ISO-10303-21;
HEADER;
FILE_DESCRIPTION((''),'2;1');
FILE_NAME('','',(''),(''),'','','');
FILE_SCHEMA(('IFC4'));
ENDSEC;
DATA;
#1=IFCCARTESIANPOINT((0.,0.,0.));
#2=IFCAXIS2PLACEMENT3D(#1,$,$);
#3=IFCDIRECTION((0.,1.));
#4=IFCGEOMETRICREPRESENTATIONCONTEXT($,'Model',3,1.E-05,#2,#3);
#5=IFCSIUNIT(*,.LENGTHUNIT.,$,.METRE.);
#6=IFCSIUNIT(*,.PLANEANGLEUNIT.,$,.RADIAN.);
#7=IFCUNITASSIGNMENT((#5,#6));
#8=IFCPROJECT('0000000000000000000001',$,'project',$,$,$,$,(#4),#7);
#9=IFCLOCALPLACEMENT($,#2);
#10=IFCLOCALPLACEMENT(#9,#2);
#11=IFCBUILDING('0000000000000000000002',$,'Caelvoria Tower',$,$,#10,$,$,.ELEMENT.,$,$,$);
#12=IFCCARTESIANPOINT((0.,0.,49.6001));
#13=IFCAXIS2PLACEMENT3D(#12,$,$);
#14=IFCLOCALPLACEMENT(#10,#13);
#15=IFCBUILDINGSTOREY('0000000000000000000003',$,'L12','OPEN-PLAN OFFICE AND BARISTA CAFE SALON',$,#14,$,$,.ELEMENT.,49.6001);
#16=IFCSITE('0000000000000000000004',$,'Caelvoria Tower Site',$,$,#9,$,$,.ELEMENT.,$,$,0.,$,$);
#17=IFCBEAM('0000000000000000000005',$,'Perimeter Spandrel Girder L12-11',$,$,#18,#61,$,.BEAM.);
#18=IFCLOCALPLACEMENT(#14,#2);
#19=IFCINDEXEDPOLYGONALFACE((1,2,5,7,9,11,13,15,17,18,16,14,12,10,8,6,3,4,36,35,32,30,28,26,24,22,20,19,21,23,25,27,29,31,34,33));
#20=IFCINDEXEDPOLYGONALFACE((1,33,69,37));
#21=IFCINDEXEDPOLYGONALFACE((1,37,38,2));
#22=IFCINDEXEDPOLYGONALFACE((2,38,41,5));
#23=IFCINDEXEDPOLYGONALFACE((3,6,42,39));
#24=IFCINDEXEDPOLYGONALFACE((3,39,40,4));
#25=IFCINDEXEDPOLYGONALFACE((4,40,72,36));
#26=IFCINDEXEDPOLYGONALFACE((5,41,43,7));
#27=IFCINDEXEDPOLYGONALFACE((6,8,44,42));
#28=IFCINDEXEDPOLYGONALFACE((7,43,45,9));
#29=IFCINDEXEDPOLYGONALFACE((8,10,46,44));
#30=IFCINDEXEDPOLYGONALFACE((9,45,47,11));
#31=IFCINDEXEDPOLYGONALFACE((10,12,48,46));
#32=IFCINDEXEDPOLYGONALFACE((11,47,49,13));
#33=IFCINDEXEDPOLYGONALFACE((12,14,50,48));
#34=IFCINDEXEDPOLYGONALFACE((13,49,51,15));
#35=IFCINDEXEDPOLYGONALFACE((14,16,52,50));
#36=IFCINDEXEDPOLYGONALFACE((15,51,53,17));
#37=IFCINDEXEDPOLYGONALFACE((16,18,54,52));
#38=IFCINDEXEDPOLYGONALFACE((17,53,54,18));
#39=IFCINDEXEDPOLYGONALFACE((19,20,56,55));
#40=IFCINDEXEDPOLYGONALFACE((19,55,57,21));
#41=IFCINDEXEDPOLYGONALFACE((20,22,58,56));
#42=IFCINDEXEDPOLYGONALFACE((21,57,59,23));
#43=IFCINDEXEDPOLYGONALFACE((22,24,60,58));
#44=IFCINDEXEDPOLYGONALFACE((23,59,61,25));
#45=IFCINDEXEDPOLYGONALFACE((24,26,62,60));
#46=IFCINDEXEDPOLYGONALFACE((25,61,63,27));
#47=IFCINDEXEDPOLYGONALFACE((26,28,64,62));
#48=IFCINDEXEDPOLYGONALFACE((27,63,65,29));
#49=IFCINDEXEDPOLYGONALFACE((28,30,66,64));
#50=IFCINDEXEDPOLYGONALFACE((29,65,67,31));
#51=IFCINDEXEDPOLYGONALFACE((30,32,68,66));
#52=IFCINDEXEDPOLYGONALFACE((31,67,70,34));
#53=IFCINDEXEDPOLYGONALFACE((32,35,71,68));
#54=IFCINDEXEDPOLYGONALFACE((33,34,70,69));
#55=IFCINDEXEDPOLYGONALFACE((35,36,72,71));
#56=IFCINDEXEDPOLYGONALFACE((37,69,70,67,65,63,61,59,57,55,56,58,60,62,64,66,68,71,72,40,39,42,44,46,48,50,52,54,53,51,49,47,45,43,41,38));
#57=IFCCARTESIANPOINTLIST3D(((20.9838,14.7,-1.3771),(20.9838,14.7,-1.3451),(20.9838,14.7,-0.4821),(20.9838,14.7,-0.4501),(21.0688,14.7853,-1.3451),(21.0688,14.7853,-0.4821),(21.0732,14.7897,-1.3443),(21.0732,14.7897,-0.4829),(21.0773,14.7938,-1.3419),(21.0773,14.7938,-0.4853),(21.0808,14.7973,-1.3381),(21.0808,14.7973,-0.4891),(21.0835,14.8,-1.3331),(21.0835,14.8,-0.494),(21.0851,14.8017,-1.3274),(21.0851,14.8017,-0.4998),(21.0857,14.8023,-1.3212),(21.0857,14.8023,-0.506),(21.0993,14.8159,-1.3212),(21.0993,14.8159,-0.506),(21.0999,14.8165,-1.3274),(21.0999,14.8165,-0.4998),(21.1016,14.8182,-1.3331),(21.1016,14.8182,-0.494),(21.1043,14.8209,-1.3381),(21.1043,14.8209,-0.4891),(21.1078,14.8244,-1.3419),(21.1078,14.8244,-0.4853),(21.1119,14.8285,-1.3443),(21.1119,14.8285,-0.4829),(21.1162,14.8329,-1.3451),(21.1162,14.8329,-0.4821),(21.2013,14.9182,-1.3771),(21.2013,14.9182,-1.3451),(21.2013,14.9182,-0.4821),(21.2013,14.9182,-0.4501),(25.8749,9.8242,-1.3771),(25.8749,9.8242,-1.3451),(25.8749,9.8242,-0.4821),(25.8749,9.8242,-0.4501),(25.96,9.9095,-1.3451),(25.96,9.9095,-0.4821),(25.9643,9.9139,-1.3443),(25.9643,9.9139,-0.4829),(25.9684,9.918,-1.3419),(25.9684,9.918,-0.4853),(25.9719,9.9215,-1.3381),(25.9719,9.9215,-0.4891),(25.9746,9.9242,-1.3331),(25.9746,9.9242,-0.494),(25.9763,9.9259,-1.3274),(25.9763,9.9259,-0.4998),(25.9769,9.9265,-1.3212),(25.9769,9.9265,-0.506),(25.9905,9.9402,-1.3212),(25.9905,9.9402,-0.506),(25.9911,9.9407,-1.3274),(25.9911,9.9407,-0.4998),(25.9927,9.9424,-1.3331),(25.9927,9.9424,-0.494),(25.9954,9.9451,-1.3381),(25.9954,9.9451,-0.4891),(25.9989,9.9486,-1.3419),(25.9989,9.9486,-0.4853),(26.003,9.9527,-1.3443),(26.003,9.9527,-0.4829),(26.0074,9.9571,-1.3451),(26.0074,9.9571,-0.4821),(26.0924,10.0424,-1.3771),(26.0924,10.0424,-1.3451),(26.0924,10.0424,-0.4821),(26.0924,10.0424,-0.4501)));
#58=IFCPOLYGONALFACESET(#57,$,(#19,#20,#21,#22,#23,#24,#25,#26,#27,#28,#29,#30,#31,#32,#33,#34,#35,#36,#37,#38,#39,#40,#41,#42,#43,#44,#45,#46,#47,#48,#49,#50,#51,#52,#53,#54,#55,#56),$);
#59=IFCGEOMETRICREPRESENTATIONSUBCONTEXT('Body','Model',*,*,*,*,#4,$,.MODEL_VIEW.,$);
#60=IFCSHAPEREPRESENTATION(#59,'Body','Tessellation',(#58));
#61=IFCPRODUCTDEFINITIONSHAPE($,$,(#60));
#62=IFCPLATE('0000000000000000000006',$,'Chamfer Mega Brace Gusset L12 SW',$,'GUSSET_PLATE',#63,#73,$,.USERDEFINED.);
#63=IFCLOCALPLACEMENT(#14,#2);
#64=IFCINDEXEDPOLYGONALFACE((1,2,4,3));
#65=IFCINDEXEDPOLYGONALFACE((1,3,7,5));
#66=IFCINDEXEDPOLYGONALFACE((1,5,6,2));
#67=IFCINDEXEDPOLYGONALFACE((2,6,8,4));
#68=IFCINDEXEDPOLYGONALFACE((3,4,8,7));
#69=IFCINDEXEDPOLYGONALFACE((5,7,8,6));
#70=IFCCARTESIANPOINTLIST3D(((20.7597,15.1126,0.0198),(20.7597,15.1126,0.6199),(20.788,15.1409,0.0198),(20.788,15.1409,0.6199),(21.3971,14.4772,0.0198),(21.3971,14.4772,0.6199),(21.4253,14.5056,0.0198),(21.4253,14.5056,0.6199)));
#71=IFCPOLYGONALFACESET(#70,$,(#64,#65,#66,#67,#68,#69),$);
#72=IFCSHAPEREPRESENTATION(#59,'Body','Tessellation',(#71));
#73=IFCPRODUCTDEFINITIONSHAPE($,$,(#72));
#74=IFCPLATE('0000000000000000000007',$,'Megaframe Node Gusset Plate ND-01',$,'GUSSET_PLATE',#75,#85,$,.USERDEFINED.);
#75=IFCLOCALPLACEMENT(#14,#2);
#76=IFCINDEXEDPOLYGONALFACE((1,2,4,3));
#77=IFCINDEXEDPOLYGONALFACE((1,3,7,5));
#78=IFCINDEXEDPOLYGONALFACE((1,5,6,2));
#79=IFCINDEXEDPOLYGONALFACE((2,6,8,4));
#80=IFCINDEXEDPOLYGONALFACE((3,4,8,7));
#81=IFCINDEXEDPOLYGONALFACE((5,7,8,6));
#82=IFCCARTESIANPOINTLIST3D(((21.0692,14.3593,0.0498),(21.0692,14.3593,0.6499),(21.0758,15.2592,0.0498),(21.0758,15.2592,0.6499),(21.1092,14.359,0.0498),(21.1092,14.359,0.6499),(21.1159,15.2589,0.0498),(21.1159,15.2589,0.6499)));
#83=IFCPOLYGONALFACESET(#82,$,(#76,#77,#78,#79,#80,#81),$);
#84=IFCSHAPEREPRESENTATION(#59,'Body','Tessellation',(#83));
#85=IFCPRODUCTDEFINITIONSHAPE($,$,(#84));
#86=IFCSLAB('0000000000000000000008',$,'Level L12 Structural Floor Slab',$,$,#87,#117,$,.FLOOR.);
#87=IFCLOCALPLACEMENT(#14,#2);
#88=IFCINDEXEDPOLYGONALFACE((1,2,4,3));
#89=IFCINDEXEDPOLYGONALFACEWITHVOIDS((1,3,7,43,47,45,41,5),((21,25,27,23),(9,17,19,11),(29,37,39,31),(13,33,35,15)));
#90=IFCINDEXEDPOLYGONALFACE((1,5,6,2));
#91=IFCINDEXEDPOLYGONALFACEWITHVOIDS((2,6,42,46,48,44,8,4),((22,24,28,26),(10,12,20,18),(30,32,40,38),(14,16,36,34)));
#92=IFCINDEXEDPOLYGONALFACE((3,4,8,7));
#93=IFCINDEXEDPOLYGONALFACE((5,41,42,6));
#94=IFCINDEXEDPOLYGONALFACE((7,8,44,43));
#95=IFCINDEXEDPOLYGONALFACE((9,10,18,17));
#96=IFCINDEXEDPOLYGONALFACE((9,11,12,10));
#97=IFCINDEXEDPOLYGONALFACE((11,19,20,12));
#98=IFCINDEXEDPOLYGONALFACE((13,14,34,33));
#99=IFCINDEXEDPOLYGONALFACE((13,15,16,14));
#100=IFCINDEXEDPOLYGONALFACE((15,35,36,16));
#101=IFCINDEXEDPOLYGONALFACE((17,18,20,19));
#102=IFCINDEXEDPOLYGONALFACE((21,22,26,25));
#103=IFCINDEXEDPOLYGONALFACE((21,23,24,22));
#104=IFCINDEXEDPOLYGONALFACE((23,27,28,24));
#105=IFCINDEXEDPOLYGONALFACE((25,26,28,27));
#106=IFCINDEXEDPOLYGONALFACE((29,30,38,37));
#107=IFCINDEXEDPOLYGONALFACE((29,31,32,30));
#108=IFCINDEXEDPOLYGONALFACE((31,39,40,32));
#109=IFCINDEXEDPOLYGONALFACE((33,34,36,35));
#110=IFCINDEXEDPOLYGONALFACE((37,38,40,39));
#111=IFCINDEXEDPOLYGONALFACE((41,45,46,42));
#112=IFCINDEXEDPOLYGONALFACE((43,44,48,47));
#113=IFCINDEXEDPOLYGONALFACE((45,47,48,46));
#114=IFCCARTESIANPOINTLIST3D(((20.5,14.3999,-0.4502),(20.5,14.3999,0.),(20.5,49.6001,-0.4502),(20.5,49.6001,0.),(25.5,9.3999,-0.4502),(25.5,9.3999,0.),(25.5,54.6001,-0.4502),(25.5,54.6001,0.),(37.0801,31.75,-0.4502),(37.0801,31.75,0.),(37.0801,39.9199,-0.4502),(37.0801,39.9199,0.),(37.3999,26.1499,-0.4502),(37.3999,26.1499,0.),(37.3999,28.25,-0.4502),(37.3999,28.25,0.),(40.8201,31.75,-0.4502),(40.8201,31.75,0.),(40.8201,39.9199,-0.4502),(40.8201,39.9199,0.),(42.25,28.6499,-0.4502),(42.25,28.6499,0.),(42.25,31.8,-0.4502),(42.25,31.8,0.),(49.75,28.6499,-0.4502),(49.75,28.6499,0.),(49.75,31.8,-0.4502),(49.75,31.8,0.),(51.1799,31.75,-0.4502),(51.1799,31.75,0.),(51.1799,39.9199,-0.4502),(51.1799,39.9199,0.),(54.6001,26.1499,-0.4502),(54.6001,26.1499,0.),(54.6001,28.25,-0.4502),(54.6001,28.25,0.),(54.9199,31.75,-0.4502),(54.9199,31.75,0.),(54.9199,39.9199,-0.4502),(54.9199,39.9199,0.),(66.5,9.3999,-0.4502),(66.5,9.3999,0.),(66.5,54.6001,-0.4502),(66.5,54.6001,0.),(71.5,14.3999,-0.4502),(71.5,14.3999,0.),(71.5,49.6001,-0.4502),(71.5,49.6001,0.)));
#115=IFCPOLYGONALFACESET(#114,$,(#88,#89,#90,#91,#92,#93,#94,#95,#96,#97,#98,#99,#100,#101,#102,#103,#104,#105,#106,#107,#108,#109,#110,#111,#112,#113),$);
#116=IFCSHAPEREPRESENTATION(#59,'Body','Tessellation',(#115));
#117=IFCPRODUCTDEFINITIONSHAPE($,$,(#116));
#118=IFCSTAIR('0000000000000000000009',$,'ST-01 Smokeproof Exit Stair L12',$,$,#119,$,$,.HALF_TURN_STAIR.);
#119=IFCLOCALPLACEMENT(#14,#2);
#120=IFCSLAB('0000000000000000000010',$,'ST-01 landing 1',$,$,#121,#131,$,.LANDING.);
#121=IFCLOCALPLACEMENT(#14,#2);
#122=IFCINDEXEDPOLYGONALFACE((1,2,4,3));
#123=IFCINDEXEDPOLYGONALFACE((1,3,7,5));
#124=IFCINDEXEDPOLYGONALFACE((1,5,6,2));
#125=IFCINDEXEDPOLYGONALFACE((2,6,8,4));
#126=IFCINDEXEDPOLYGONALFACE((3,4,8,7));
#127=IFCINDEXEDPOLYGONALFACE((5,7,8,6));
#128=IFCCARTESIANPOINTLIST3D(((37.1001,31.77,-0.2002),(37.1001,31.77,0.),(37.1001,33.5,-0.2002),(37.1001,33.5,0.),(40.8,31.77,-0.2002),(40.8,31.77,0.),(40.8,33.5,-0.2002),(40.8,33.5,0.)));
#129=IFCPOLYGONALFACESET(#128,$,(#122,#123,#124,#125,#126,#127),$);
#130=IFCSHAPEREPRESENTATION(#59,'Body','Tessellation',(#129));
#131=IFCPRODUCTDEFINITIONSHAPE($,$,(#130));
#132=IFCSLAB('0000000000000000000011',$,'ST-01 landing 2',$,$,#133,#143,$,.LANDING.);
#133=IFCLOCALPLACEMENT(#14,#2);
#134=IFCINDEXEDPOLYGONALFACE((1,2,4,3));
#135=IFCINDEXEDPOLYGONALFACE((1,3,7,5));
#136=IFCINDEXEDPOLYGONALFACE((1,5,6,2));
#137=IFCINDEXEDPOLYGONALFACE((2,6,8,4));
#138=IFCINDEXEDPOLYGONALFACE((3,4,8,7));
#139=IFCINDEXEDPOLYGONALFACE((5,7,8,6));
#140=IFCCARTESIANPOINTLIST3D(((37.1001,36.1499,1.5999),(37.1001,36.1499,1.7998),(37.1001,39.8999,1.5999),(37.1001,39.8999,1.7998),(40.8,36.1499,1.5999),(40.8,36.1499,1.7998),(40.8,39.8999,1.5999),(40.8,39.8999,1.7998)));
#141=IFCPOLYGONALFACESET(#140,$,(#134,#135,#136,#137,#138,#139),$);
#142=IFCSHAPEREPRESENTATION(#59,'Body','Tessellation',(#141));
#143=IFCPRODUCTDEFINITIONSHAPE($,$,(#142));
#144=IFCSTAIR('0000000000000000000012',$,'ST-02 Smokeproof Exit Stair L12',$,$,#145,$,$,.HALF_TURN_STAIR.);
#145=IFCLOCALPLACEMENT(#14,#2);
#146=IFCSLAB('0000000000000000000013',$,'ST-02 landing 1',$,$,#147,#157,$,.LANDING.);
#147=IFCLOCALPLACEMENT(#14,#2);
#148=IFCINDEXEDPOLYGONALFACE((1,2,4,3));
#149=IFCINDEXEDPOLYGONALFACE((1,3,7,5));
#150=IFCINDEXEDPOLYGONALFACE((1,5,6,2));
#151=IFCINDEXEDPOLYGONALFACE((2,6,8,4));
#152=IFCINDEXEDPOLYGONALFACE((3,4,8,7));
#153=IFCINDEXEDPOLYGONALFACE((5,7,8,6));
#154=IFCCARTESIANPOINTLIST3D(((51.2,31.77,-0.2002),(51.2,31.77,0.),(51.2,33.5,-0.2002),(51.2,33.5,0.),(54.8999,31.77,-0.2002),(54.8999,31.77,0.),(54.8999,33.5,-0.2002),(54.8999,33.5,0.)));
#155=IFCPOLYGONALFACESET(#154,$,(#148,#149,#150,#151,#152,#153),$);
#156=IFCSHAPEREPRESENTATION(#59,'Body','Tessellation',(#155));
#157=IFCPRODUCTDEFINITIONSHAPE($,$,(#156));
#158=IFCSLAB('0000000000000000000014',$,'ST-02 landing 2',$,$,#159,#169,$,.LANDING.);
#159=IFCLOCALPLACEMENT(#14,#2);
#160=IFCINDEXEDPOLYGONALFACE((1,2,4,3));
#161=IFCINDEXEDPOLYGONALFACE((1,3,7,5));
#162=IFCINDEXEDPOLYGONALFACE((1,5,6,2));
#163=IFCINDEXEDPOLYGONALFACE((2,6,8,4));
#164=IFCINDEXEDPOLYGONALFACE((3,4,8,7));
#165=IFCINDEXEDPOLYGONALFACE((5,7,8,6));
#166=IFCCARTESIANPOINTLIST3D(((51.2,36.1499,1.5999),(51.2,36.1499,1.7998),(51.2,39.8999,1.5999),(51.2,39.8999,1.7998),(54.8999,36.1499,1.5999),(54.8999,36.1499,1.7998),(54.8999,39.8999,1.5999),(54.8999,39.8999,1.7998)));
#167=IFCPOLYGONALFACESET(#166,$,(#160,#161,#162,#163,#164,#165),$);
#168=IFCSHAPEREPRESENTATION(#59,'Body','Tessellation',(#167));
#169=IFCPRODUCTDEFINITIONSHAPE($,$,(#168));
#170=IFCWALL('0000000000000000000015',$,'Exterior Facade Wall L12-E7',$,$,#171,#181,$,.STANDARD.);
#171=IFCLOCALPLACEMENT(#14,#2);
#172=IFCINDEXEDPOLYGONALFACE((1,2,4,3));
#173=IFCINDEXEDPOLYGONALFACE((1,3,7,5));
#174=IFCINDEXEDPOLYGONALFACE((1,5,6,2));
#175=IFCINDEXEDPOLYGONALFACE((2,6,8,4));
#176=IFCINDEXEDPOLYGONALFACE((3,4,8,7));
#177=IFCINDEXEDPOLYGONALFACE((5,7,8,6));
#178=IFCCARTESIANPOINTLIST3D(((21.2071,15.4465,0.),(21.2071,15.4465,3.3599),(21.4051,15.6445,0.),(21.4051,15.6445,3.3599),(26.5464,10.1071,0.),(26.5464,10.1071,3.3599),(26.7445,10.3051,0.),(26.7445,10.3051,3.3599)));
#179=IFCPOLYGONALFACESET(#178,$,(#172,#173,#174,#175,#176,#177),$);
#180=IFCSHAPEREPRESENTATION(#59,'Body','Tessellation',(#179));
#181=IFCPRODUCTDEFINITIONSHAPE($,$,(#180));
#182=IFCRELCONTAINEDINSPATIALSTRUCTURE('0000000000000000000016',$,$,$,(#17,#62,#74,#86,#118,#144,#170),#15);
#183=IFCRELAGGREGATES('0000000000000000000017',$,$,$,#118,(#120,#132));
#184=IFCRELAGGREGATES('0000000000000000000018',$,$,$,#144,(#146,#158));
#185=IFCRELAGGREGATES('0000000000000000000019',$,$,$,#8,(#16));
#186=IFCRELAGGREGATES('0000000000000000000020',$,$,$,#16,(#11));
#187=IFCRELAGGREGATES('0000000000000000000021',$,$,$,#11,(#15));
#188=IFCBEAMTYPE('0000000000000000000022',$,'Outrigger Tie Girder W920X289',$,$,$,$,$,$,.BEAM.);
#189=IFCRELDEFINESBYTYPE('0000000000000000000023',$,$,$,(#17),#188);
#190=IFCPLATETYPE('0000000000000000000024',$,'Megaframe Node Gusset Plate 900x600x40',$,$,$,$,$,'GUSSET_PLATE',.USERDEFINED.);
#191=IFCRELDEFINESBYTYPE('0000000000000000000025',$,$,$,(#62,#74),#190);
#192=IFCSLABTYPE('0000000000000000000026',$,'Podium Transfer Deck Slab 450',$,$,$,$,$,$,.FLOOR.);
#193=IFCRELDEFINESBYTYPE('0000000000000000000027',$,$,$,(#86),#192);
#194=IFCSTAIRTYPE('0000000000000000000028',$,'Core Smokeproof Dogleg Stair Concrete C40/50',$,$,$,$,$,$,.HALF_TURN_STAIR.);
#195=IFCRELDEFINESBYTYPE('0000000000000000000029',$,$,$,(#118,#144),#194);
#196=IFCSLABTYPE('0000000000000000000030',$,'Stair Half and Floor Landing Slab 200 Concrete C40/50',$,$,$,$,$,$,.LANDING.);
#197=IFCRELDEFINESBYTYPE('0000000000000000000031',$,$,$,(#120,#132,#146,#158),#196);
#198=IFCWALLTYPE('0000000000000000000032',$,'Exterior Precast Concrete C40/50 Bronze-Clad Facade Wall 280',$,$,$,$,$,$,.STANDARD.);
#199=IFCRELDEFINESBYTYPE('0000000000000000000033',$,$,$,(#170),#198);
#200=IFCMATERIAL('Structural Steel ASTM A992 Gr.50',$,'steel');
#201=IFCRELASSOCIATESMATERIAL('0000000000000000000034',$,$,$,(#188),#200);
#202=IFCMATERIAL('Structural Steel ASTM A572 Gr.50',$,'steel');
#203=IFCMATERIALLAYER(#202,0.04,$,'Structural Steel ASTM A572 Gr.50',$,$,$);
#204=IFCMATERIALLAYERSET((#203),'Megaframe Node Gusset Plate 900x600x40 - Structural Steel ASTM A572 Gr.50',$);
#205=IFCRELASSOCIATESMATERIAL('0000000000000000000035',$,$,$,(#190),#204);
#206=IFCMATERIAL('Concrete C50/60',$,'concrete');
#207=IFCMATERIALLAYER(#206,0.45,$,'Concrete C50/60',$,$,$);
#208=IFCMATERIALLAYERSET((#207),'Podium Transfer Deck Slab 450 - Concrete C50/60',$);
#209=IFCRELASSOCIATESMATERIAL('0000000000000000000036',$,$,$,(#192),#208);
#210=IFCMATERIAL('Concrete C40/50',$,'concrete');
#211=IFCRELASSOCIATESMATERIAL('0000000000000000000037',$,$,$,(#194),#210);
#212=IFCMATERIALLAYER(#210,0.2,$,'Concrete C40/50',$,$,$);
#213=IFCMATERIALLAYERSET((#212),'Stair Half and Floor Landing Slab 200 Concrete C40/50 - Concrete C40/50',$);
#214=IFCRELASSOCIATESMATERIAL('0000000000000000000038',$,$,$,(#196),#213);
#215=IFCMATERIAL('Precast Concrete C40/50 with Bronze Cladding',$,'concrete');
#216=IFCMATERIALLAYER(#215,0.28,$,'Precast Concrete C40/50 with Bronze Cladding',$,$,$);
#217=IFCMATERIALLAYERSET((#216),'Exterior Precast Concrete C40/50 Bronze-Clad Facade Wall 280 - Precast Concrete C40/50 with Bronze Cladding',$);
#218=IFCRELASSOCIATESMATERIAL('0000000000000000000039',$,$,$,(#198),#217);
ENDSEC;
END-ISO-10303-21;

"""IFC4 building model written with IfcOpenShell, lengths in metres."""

from ifc_helpers import new_model, si_unit, direction, frame, frame_2d, origin, origin_2d, place, context, subcontext, project, spatial, polyline, rectangle, i_section, outline, extrude, material, layer, layer_set, material_profile, profile_set, type_object, element, aggregate, save


model = new_model("IFC4")

# Units and contexts
model_context = context("Model", 3, precision=1e-05, world=origin(), true_north=direction((0.0, 1.0)))
body_context = subcontext(model_context, "Body", "Model", "MODEL_VIEW")
ifc_project = project(units=[si_unit("LENGTHUNIT", "METRE"), si_unit("PLANEANGLEUNIT", "RADIAN")], contexts=[model_context])

# Site, building, storey
site_placement = place(None, origin())
site = spatial("IfcSite", under=ifc_project, at=site_placement, Name="Caelvoria Tower Site", CompositionType="ELEMENT", RefElevation=0.0)
building_placement = place(site_placement, origin())
building = spatial("IfcBuilding", under=site, at=building_placement, Name="Caelvoria Tower", CompositionType="ELEMENT")
storey_placement = place(building_placement, frame((0.0, 0.0, 49.6001)))
storey = spatial("IfcBuildingStorey", under=building, at=storey_placement, Name="L12", Description="OPEN-PLAN OFFICE AND BARISTA CAFE SALON", CompositionType="ELEMENT", Elevation=49.6001)

# Shared definitions
ifc_material_1 = material(Name="Structural Steel ASTM A572 Gr.50", Category="steel")

# Beam
ifc_material_2 = material(Name="Structural Steel ASTM A992 Gr.50", Category="steel")
ifc_material_profile_1 = material_profile(ifc_material_2, i_section(OverallWidth=0.3081, OverallDepth=0.927, WebThickness=0.0193, FlangeThickness=0.032, FilletRadius=0.0239, at=origin_2d()), Name="Structural Steel ASTM A992 Gr.50")
ifc_profile_set_1 = profile_set([ifc_material_profile_1], Name="W920X289 - Structural Steel ASTM A992 Gr.50")
beam_type = type_object("IfcBeamType", Name="Outrigger Tie Girder W920X289", PredefinedType="BEAM", material=ifc_profile_set_1)
beam_placement = place(storey_placement, frame((21.0925, 14.8091, -0.9136), z_axis=(0.708219, -0.705992, 0.0), x_axis=(0.705992, 0.708219, 0.0)))
element("IfcBeam", 1, at=beam_placement, inside=storey, type_object=beam_type, Name="Perimeter Spandrel Girder L12-11", PredefinedType="BEAM", context=body_context, shape_type="SweptSolid", body=[
    extrude(i_section(OverallWidth=0.3081, OverallDepth=0.927, WebThickness=0.0193, FlangeThickness=0.032, FilletRadius=0.0239, at=origin_2d()), origin(), (0.0, 0.0, 1.0), 6.9062),
])

# Plates
ifc_layer_1 = layer(ifc_material_1, 0.04, Name="Structural Steel ASTM A572 Gr.50")
ifc_layer_set_1 = layer_set([ifc_layer_1], Name="Megaframe Node Gusset Plate 900x600x40 - Structural Steel ASTM A572 Gr.50")
plate_type = type_object("IfcPlateType", Name="Megaframe Node Gusset Plate 900x600x40", ElementType="GUSSET_PLATE", PredefinedType="USERDEFINED", material=ifc_layer_set_1)
for number, where, z_axis, x_axis, name in (
    (2, (21.0925, 14.8091, 0.0198), (0.0, 0.0, 1.0), (0.70822, -0.705991, 0.0), "Chamfer Mega Brace Gusset L12 SW"),
    (3, (21.0925, 14.8091, 0.0498), (0.0, 0.0, 1.0), (0.007411, 0.999973, 0.0), "Megaframe Node Gusset Plate ND-01"),
):
    element("IfcPlate", number, at=place(storey_placement, frame(where, z_axis=z_axis, x_axis=x_axis)), inside=storey, type_object=plate_type, Name=name, ObjectType="GUSSET_PLATE", PredefinedType="USERDEFINED", context=body_context, shape_type="SweptSolid", body=[
        extrude(rectangle(XDim=0.8999, YDim=0.04, at=origin_2d()), origin(), (0.0, 0.0, 1.0), 0.6001),
    ])

# Slab
ifc_material_3 = material(Name="Concrete C50/60", Category="concrete")
ifc_layer_2 = layer(ifc_material_3, 0.45, Name="Concrete C50/60")
ifc_layer_set_2 = layer_set([ifc_layer_2], Name="Podium Transfer Deck Slab 450 - Concrete C50/60")
slab_type_1 = type_object("IfcSlabType", Name="Podium Transfer Deck Slab 450", PredefinedType="FLOOR", material=ifc_layer_set_2)
slab_1_placement = place(storey_placement, frame((0.0, 0.0, -0.4502)))
element("IfcSlab", 4, at=slab_1_placement, inside=storey, type_object=slab_type_1, Name="Level L12 Structural Floor Slab", PredefinedType="FLOOR", context=body_context, shape_type="SweptSolid", body=[
    extrude(outline(polyline([(25.5, 9.3999), (66.5, 9.3999), (71.5, 14.3999), (71.5, 49.6001), (66.5, 54.6001), (25.5, 54.6001), (20.5, 49.6001), (20.5, 14.3999), (25.5, 9.3999)]), holes=[polyline([(37.0801, 31.75), (40.8201, 31.75), (40.8201, 39.9199), (37.0801, 39.9199), (37.0801, 31.75)]), polyline([(51.1799, 31.75), (54.9199, 31.75), (54.9199, 39.9199), (51.1799, 39.9199), (51.1799, 31.75)]), polyline([(42.25, 28.6499), (49.75, 28.6499), (49.75, 31.8), (42.25, 31.8), (42.25, 28.6499)]), polyline([(37.3999, 26.1499), (54.6001, 26.1499), (54.6001, 28.25), (37.3999, 28.25), (37.3999, 26.1499)])]), origin(), (0.0, 0.0, 1.0), 0.4502),
])

# Stairs, slabs
ifc_material_4 = material(Name="Concrete C40/50", Category="concrete")
stair_type = type_object("IfcStairType", Name="Core Smokeproof Dogleg Stair Concrete C40/50", PredefinedType="HALF_TURN_STAIR", material=ifc_material_4)
stair_1_placement = place(storey_placement, origin())
stair_1 = element("IfcStair", 5, at=stair_1_placement, inside=storey, type_object=stair_type, Name="ST-01 Smokeproof Exit Stair L12", PredefinedType="HALF_TURN_STAIR")
ifc_layer_3 = layer(ifc_material_4, 0.2, Name="Concrete C40/50")
ifc_layer_set_3 = layer_set([ifc_layer_3], Name="Stair Half and Floor Landing Slab 200 Concrete C40/50 - Concrete C40/50")
slab_type_2 = type_object("IfcSlabType", Name="Stair Half and Floor Landing Slab 200 Concrete C40/50", PredefinedType="LANDING", material=ifc_layer_set_3)
slab_2_placement = place(storey_placement, frame((0.0, 0.0, -0.2002)))
slab_2 = element("IfcSlab", 6, at=slab_2_placement, type_object=slab_type_2, Name="ST-01 landing 1", PredefinedType="LANDING", context=body_context, shape_type="SweptSolid", body=[
    extrude(outline(polyline([(37.1001, 31.77), (40.8, 31.77), (40.8, 33.5), (37.1001, 33.5), (37.1001, 31.77)])), origin(), (0.0, 0.0, 1.0), 0.2002),
])
slab_3_placement = place(storey_placement, frame((0.0, 0.0, 1.5999)))
slab_3 = element("IfcSlab", 7, at=slab_3_placement, type_object=slab_type_2, Name="ST-01 landing 2", PredefinedType="LANDING", context=body_context, shape_type="SweptSolid", body=[
    extrude(outline(polyline([(37.1001, 36.1499), (40.8, 36.1499), (40.8, 39.8999), (37.1001, 39.8999), (37.1001, 36.1499)])), origin(), (0.0, 0.0, 1.0), 0.2),
])
aggregate(stair_1, [slab_2, slab_3])
stair_2_placement = place(storey_placement, origin())
stair_2 = element("IfcStair", 8, at=stair_2_placement, inside=storey, type_object=stair_type, Name="ST-02 Smokeproof Exit Stair L12", PredefinedType="HALF_TURN_STAIR")
slab_4_placement = place(storey_placement, frame((0.0, 0.0, -0.2002)))
slab_4 = element("IfcSlab", 9, at=slab_4_placement, type_object=slab_type_2, Name="ST-02 landing 1", PredefinedType="LANDING", context=body_context, shape_type="SweptSolid", body=[
    extrude(outline(polyline([(51.2, 31.77), (54.8999, 31.77), (54.8999, 33.5), (51.2, 33.5), (51.2, 31.77)])), origin(), (0.0, 0.0, 1.0), 0.2002),
])
slab_5_placement = place(storey_placement, frame((0.0, 0.0, 1.5999)))
slab_5 = element("IfcSlab", 10, at=slab_5_placement, type_object=slab_type_2, Name="ST-02 landing 2", PredefinedType="LANDING", context=body_context, shape_type="SweptSolid", body=[
    extrude(outline(polyline([(51.2, 36.1499), (54.8999, 36.1499), (54.8999, 39.8999), (51.2, 39.8999), (51.2, 36.1499)])), origin(), (0.0, 0.0, 1.0), 0.2),
])
aggregate(stair_2, [slab_4, slab_5])

# Wall
ifc_material_5 = material(Name="Precast Concrete C40/50 with Bronze Cladding", Category="concrete")
ifc_layer_4 = layer(ifc_material_5, 0.28, Name="Precast Concrete C40/50 with Bronze Cladding")
ifc_layer_set_4 = layer_set([ifc_layer_4], Name="Exterior Precast Concrete C40/50 Bronze-Clad Facade Wall 280 - Precast Concrete C40/50 with Bronze Cladding")
wall_type = type_object("IfcWallType", Name="Exterior Precast Concrete C40/50 Bronze-Clad Facade Wall 280", PredefinedType="STANDARD", material=ifc_layer_set_4)
wall_placement = place(storey_placement, frame((21.3062, 15.5454, 0.0), z_axis=(0.0, 0.0, 1.0), x_axis=(0.707107, -0.707107, 0.0)))
element("IfcWall", 11, at=wall_placement, inside=storey, type_object=wall_type, Name="Exterior Facade Wall L12-E7", PredefinedType="STANDARD", context=body_context, shape_type="SweptSolid", body=[
    extrude(rectangle(XDim=7.551, YDim=0.28, at=frame_2d((3.7754, 0.0))), origin(), (0.0, 0.0, 1.0), 3.3599),
])

save(model, "model.ifc")
